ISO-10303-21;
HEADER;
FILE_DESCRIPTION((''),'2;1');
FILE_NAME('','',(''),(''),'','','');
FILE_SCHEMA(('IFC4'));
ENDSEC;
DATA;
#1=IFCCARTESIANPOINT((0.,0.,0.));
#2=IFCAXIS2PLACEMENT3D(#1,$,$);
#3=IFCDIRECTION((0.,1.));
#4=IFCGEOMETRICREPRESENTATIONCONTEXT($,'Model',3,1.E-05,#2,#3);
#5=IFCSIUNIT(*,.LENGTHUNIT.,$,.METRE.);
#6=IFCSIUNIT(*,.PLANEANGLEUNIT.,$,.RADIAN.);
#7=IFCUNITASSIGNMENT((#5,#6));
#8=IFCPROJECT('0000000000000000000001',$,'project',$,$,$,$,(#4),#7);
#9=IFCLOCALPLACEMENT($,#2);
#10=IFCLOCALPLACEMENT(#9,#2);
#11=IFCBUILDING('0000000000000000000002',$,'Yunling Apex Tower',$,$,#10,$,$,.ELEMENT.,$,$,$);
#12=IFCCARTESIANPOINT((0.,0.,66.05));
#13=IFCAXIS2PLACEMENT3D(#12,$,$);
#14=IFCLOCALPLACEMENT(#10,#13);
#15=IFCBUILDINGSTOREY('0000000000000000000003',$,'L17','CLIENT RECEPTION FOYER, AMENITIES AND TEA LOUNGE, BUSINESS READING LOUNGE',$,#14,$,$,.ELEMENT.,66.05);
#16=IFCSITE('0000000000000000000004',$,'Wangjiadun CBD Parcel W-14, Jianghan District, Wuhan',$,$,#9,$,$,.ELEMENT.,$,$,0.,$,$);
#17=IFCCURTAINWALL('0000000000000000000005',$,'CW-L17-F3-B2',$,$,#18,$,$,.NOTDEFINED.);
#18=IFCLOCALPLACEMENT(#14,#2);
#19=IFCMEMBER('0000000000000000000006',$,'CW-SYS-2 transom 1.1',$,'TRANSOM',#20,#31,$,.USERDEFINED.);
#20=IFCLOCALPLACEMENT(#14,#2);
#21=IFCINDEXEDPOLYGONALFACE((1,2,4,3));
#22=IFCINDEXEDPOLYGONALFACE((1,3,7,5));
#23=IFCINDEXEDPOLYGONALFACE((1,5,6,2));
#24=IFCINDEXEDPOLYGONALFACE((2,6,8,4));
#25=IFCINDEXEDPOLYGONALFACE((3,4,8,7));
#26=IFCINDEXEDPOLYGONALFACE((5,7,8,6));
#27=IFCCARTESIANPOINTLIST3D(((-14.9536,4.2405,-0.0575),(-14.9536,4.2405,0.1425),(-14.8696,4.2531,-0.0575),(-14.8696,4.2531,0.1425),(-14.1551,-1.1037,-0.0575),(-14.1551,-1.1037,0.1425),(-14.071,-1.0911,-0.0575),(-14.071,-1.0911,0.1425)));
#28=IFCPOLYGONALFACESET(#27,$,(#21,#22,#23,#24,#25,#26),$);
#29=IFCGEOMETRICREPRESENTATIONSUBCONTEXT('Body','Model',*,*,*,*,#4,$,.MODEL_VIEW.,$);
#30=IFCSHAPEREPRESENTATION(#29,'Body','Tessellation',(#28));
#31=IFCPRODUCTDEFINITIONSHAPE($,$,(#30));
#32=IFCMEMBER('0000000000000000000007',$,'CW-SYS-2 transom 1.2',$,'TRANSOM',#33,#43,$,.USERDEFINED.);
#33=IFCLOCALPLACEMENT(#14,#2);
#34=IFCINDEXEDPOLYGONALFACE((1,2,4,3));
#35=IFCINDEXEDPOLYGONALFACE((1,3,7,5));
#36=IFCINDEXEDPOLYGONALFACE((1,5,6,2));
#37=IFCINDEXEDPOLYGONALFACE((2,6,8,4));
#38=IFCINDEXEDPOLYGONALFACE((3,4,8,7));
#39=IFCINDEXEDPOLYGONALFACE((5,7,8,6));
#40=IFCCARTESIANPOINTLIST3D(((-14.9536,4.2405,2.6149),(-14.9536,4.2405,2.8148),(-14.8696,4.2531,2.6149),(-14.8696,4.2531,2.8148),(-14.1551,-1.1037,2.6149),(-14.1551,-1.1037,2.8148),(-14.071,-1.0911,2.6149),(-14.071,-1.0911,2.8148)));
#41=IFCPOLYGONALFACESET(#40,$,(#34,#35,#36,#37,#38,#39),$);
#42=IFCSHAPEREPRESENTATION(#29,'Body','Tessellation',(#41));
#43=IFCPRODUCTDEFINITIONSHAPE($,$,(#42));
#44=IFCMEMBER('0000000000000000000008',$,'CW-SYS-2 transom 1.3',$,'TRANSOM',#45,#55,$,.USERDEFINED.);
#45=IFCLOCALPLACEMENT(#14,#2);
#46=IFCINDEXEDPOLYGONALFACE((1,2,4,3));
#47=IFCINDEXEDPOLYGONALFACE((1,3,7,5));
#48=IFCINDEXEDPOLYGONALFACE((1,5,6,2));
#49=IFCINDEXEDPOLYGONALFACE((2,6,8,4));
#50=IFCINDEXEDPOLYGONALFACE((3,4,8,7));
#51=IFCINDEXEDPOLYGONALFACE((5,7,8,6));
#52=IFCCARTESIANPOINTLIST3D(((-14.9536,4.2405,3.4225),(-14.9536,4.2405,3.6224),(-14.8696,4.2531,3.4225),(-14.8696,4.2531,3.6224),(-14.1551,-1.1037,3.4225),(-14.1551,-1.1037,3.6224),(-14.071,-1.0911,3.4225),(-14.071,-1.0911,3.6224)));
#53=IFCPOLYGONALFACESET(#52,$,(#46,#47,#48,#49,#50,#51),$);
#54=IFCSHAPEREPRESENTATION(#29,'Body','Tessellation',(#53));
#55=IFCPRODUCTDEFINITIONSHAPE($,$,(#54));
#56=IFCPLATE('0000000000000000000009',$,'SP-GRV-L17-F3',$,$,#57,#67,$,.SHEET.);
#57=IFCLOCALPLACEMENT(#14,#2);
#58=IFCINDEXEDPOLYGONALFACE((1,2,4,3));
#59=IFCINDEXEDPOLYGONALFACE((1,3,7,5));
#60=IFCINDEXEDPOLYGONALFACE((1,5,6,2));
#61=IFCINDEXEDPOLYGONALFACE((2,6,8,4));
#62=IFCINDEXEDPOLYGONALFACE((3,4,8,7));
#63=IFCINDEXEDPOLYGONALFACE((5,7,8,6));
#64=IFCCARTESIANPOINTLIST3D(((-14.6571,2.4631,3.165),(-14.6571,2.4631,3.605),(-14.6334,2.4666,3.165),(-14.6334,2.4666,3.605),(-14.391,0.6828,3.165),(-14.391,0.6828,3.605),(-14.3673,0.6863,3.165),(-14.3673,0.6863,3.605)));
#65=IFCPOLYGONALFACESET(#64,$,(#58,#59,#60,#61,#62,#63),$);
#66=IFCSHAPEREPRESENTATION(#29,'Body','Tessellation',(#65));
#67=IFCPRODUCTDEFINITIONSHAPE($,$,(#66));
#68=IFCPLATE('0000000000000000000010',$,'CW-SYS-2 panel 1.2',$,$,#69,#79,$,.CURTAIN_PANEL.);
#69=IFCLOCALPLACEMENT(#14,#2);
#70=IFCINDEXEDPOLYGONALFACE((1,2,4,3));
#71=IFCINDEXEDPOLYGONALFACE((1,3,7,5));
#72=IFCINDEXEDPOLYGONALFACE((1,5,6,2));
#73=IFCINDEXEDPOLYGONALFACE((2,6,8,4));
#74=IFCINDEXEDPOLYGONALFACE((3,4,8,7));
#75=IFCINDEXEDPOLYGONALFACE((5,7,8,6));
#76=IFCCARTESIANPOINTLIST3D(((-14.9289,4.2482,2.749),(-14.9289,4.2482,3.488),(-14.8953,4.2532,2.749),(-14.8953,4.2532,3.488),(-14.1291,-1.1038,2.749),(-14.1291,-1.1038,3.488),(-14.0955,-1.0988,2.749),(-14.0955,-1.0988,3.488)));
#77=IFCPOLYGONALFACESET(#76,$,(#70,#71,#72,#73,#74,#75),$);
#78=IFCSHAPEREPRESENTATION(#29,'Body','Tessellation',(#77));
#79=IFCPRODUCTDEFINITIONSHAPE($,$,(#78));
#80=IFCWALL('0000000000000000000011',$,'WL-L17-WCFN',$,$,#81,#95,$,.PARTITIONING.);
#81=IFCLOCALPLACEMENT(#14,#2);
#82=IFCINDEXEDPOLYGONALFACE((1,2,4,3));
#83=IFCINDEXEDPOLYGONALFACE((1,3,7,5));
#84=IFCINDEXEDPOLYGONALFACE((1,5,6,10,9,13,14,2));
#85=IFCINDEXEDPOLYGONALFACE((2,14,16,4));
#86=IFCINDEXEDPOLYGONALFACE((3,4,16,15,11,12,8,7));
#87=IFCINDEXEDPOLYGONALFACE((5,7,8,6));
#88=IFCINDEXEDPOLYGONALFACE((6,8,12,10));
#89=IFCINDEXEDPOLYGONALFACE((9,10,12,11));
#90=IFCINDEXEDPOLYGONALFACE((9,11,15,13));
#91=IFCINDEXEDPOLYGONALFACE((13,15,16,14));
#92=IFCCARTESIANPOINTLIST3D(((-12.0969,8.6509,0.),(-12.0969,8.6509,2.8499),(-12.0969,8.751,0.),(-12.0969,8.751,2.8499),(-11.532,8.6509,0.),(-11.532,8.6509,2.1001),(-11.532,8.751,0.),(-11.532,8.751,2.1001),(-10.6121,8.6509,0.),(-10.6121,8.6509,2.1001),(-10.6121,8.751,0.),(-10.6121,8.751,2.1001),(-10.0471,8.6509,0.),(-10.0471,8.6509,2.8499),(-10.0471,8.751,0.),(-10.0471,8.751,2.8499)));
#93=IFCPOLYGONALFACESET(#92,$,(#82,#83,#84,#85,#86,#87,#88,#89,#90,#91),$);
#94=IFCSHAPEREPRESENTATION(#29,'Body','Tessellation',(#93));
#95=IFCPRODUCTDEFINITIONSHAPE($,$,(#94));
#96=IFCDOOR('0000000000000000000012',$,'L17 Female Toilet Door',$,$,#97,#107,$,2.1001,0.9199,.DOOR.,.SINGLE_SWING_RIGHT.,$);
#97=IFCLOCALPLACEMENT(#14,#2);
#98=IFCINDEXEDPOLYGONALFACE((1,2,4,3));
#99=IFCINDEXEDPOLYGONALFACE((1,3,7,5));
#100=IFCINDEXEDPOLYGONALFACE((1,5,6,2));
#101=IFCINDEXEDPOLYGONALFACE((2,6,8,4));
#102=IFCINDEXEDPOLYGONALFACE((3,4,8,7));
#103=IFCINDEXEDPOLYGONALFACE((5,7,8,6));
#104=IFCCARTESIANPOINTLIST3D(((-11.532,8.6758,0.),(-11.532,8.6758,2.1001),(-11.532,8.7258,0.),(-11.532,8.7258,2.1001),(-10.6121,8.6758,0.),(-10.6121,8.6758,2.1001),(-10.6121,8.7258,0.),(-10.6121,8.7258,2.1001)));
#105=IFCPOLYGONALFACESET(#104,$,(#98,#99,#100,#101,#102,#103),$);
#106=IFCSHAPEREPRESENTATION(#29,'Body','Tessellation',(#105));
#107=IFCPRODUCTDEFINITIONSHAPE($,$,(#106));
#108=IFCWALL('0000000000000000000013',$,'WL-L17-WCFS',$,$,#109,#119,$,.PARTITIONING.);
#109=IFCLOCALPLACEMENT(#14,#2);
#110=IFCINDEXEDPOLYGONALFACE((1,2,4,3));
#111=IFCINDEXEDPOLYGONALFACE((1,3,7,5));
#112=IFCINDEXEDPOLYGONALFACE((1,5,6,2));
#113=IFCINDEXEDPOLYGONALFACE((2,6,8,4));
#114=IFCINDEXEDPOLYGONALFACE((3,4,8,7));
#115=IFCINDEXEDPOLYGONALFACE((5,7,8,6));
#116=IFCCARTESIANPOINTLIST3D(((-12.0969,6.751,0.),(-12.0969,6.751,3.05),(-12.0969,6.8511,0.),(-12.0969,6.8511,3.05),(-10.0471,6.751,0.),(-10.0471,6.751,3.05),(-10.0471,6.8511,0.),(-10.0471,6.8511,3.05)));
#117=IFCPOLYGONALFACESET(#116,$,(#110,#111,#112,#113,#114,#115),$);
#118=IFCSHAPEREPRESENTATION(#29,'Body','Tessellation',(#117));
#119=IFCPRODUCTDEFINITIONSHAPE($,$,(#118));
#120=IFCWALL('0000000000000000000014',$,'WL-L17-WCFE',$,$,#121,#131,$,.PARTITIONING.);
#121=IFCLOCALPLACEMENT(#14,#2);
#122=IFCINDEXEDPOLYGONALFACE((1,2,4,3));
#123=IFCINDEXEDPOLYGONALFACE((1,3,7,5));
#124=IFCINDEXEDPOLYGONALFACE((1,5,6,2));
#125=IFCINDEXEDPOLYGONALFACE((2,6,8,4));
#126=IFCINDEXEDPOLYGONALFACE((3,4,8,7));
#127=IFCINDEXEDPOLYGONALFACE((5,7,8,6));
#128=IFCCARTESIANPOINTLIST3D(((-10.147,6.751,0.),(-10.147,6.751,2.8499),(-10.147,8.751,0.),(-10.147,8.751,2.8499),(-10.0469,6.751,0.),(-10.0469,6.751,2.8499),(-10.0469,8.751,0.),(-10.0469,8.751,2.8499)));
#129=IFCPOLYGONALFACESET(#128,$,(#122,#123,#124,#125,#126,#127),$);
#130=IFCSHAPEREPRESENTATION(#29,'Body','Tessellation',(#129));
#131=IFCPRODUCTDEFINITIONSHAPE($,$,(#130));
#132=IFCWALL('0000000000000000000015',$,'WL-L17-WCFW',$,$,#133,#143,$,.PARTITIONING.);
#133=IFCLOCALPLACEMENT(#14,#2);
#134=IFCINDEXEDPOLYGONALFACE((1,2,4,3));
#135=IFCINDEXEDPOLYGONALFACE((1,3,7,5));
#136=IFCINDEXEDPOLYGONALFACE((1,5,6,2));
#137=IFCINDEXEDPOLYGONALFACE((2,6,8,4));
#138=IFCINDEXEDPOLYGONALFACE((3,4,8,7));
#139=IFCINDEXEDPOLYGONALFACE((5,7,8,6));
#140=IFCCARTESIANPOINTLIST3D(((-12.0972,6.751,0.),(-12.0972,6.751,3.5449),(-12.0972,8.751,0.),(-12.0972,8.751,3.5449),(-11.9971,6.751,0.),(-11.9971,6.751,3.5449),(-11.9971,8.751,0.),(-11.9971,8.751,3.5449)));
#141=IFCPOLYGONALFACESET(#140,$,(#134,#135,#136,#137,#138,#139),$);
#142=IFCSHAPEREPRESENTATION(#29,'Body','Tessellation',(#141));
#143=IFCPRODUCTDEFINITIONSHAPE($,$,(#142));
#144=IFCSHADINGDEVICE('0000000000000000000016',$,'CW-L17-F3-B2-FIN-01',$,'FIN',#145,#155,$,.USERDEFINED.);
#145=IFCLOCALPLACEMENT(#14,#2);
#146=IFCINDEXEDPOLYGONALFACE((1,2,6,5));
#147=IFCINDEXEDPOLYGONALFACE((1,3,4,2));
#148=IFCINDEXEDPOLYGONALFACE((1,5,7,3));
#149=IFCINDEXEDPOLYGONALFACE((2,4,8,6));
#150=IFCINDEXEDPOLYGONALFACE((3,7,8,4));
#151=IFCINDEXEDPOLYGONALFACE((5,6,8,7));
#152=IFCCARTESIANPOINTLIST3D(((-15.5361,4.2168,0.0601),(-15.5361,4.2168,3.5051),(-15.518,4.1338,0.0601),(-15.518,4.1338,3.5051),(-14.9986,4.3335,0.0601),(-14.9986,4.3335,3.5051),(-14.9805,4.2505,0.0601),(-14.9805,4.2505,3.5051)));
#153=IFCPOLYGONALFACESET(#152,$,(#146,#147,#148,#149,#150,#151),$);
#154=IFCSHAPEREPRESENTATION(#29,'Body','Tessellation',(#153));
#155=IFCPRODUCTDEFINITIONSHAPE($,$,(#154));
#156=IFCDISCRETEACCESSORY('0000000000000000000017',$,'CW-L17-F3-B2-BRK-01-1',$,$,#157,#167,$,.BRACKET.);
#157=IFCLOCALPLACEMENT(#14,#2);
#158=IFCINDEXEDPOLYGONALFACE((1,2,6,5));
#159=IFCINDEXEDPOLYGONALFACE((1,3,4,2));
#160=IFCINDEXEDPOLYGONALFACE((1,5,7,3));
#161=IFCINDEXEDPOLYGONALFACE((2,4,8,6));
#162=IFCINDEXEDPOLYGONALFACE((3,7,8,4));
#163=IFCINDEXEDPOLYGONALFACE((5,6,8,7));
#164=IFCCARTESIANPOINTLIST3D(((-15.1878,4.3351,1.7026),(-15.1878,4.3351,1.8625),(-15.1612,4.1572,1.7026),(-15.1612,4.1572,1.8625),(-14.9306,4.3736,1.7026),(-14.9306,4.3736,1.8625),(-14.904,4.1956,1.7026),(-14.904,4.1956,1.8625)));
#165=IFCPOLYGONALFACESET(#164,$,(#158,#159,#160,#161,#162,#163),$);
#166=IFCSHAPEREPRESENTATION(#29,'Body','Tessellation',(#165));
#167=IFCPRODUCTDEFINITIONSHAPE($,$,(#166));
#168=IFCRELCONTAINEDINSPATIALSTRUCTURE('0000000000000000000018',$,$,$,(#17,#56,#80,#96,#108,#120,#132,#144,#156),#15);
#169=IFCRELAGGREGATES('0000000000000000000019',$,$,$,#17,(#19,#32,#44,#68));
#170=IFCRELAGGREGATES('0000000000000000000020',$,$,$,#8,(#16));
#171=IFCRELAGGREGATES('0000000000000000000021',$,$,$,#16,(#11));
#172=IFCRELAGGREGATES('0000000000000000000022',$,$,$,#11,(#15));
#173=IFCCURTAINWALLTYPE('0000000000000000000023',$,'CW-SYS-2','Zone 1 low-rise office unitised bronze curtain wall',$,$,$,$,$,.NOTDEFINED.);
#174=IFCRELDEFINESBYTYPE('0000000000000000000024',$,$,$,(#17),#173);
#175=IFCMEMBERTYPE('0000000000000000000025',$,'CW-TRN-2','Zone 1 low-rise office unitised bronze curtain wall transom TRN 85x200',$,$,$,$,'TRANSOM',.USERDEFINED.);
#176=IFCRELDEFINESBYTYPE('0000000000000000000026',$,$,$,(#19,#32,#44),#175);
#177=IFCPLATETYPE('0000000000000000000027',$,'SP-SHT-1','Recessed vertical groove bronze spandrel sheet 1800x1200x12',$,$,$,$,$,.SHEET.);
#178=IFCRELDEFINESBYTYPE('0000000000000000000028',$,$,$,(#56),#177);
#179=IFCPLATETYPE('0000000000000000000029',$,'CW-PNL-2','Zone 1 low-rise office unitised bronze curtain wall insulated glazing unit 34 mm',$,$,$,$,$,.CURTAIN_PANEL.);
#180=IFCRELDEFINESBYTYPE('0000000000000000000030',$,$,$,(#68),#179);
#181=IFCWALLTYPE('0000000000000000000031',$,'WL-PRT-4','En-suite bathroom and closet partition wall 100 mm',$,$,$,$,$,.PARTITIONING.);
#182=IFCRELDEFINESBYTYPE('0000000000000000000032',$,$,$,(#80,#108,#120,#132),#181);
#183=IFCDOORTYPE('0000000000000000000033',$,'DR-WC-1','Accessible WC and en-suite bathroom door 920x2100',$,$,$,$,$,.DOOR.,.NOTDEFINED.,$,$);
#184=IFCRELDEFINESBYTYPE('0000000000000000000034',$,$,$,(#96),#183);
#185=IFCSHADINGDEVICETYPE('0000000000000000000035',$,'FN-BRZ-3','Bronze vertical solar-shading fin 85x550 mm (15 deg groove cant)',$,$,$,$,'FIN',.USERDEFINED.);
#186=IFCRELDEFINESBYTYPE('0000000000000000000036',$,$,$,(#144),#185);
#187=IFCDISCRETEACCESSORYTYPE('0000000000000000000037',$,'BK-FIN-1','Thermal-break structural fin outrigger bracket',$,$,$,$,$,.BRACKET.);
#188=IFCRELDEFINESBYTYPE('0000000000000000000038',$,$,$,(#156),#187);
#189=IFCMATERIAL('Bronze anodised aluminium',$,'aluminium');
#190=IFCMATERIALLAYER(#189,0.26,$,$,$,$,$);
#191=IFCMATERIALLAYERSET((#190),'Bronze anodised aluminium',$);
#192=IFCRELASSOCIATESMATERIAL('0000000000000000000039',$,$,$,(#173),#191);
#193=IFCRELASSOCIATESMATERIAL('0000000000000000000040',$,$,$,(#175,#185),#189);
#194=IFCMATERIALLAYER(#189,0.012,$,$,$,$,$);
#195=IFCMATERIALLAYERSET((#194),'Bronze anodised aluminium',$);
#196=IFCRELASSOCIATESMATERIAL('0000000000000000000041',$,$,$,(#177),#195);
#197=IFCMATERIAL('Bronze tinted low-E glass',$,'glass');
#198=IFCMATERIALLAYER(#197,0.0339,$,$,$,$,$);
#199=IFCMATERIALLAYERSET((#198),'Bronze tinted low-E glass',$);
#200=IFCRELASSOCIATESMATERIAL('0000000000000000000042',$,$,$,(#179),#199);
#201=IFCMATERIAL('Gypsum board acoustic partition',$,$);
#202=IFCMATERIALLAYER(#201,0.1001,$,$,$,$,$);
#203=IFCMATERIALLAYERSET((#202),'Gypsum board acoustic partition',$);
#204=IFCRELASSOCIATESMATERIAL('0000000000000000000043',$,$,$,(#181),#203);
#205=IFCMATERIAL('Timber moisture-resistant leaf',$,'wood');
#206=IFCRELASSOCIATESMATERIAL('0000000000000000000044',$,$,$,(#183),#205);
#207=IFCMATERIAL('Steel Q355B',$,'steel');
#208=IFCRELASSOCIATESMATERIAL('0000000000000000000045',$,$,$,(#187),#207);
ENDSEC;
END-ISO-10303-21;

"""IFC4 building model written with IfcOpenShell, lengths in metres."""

from ifc_helpers import new_model, si_unit, direction, frame, frame_2d, origin, origin_2d, place, context, subcontext, project, spatial, rectangle, extrude, source, transform, mapped, material, layer, layer_set, material_profile, profile_set, type_object, element, fill, aggregate, save


model = new_model("IFC4")

# Units and contexts
model_context = context("Model", 3, precision=1e-05, world=origin(), true_north=direction((0.0, 1.0)))
body_context = subcontext(model_context, "Body", "Model", "MODEL_VIEW")
ifc_project = project(units=[si_unit("LENGTHUNIT", "METRE"), si_unit("PLANEANGLEUNIT", "RADIAN")], contexts=[model_context])

# Site, building, storey
site_placement = place(None, origin())
site = spatial("IfcSite", under=ifc_project, at=site_placement, Name="Wangjiadun CBD Parcel W-14, Jianghan District, Wuhan", CompositionType="ELEMENT", RefElevation=0.0)
building_placement = place(site_placement, origin())
building = spatial("IfcBuilding", under=site, at=building_placement, Name="Yunling Apex Tower", CompositionType="ELEMENT")
storey_placement = place(building_placement, frame((0.0, 0.0, 66.05)))
storey = spatial("IfcBuildingStorey", under=building, at=storey_placement, Name="L17", Description="CLIENT RECEPTION FOYER, AMENITIES AND TEA LOUNGE, BUSINESS READING LOUNGE", CompositionType="ELEMENT", Elevation=66.05)

# Shared definitions
ifc_material_1 = material(Name="Steel Q355B", Category="steel")

# Shared definitions
ifc_material_2 = material(Name="Bronze anodised aluminium", Category="aluminium")
ifc_layer_1 = layer(ifc_material_2, 0.26)
ifc_layer_set_1 = layer_set([ifc_layer_1], Name="Bronze anodised aluminium")
curtain_wall_type = type_object("IfcCurtainWallType", Name="CW-SYS-2", Description="Zone 1 low-rise office unitised bronze curtain wall", PredefinedType="NOTDEFINED", material=ifc_layer_set_1)

# Curtain wall, members
curtain_wall_1_placement = place(storey_placement, origin())
curtain_wall_1 = element("IfcCurtainWall", 1, at=curtain_wall_1_placement, inside=storey, type_object=curtain_wall_type, Name="CW-L17-F3-B2", PredefinedType="NOTDEFINED")
ifc_material_profile_1 = material_profile(ifc_material_2, rectangle(XDim=0.085, YDim=0.2, at=origin_2d()))
ifc_profile_set_1 = profile_set([ifc_material_profile_1], Name="Bronze anodised aluminium")
member_type_1 = type_object("IfcMemberType", Name="CW-TRN-2", Description="Zone 1 low-rise office unitised bronze curtain wall transom TRN 85x200", ElementType="TRANSOM", PredefinedType="USERDEFINED", material=ifc_profile_set_1)
shared_shape_1 = source(origin(), body_context, "Body", "SweptSolid", [
    extrude(rectangle(XDim=0.085, YDim=0.2, at=origin_2d()), origin(), (0.0, 0.0, 1.0), 5.4036),
])
member_1_placement = place(storey_placement, frame((-14.9116, 4.2468, 0.0425), z_axis=(0.147788, -0.989019, 0.0), x_axis=(0.989019, 0.147788, 0.0)))
member_1 = element("IfcMember", 2, at=member_1_placement, type_object=member_type_1, Name="CW-SYS-2 transom 1.1", ObjectType="TRANSOM", PredefinedType="USERDEFINED", context=body_context, shape_type="MappedRepresentation", body=[
    mapped(shared_shape_1, transform((0.0, 0.0, 0.0), scale=1.0)),
])
member_2_placement = place(storey_placement, frame((-14.9116, 4.2468, 2.7148), z_axis=(0.147788, -0.989019, 0.0), x_axis=(0.989019, 0.147788, 0.0)))
member_2 = element("IfcMember", 3, at=member_2_placement, type_object=member_type_1, Name="CW-SYS-2 transom 1.2", ObjectType="TRANSOM", PredefinedType="USERDEFINED", context=body_context, shape_type="MappedRepresentation", body=[
    mapped(shared_shape_1, transform((0.0, 0.0, 0.0), scale=1.0)),
])
member_3_placement = place(storey_placement, frame((-14.9116, 4.2468, 3.5225), z_axis=(0.147788, -0.989019, 0.0), x_axis=(0.989019, 0.147788, 0.0)))
member_3 = element("IfcMember", 4, at=member_3_placement, type_object=member_type_1, Name="CW-SYS-2 transom 1.3", ObjectType="TRANSOM", PredefinedType="USERDEFINED", context=body_context, shape_type="MappedRepresentation", body=[
    mapped(shared_shape_1, transform((0.0, 0.0, 0.0), scale=1.0)),
])

# Plates
ifc_layer_2 = layer(ifc_material_2, 0.012)
ifc_layer_set_2 = layer_set([ifc_layer_2], Name="Bronze anodised aluminium")
plate_type_1 = type_object("IfcPlateType", Name="SP-SHT-1", Description="Recessed vertical groove bronze spandrel sheet 1800x1200x12", PredefinedType="SHEET", material=ifc_layer_set_2)
shared_shape_2 = source(origin(), body_context, "Body", "SweptSolid", [
    extrude(rectangle(XDim=1.8, YDim=0.0239, at=origin_2d()), origin(), (0.0, 0.0, 1.0), 0.4399),
])
plate_1_placement = place(storey_placement, frame((-14.5122, 1.5747, 3.165), z_axis=(0.0, 0.0, 1.0), x_axis=(0.147809, -0.989016, 0.0)))
element("IfcPlate", 5, at=plate_1_placement, inside=storey, type_object=plate_type_1, Name="SP-GRV-L17-F3", PredefinedType="SHEET", context=body_context, shape_type="MappedRepresentation", body=[
    mapped(shared_shape_2, transform((0.0, 0.0, 0.0), scale=1.0)),
])
ifc_material_3 = material(Name="Bronze tinted low-E glass", Category="glass")
ifc_layer_3 = layer(ifc_material_3, 0.0339)
ifc_layer_set_3 = layer_set([ifc_layer_3], Name="Bronze tinted low-E glass")
plate_type_2 = type_object("IfcPlateType", Name="CW-PNL-2", Description="Zone 1 low-rise office unitised bronze curtain wall insulated glazing unit 34 mm", PredefinedType="CURTAIN_PANEL", material=ifc_layer_set_3)
shared_shape_3 = source(origin(), body_context, "Body", "SweptSolid", [
    extrude(rectangle(XDim=5.4114, YDim=0.0339, at=origin_2d()), origin(), (0.0, 0.0, 1.0), 0.739),
])
plate_2_placement = place(storey_placement, frame((-14.5122, 1.5747, 2.749), z_axis=(0.0, 0.0, 1.0), x_axis=(0.147801, -0.989017, 0.0)))
plate_2 = element("IfcPlate", 6, at=plate_2_placement, type_object=plate_type_2, Name="CW-SYS-2 panel 1.2", PredefinedType="CURTAIN_PANEL", context=body_context, shape_type="MappedRepresentation", body=[
    mapped(shared_shape_3, transform((0.0, 0.0, 0.0), scale=1.0)),
])
aggregate(curtain_wall_1, [member_1, member_2, member_3, plate_2])

# Wall, opening, door
ifc_material_4 = material(Name="Gypsum board acoustic partition")
ifc_layer_4 = layer(ifc_material_4, 0.1001)
ifc_layer_set_4 = layer_set([ifc_layer_4], Name="Gypsum board acoustic partition")
wall_type = type_object("IfcWallType", Name="WL-PRT-4", Description="En-suite bathroom and closet partition wall 100 mm", PredefinedType="PARTITIONING", material=ifc_layer_set_4)
wall_1_placement = place(storey_placement, frame((-12.0969, 8.7009, 0.0), z_axis=(0.0, 0.0, 1.0), x_axis=(1.0, 0.0, 0.0)))
wall_1 = element("IfcWall", 7, at=wall_1_placement, inside=storey, type_object=wall_type, Name="WL-L17-WCFN", PredefinedType="PARTITIONING", context=body_context, shape_type="SweptSolid", body=[
    extrude(rectangle(XDim=2.0498, YDim=0.1001, at=frame_2d((1.0249, 0.0))), origin(), (0.0, 0.0, 1.0), 2.8499),
])
opening_placement = place(wall_1_placement, frame((0.5649, 0.0, 0.0)))
opening = element("IfcOpeningElement", 8, at=opening_placement, cuts=wall_1, PredefinedType="OPENING", context=body_context, shape_type="SweptSolid", body=[
    extrude(rectangle(XDim=0.9199, YDim=2.1001, at=frame_2d((0.46, 1.05))), frame((0.0, 0.0601, 0.0), z_axis=(0.0, -1.0, 0.0), x_axis=(1.0, 0.0, 0.0)), (0.0, 0.0, 1.0), 0.1201),
])
ifc_material_5 = material(Name="Timber moisture-resistant leaf", Category="wood")
door_type = type_object("IfcDoorType", Name="DR-WC-1", Description="Accessible WC and en-suite bathroom door 920x2100", OperationType="NOTDEFINED", PredefinedType="DOOR", material=ifc_material_5)
door_placement = place(opening_placement, origin())
door = element("IfcDoor", 9, at=door_placement, inside=storey, type_object=door_type, Name="L17 Female Toilet Door", OperationType="SINGLE_SWING_RIGHT", OverallHeight=2.1001, OverallWidth=0.9199, PredefinedType="DOOR", context=body_context, shape_type="SweptSolid", body=[
    extrude(rectangle(XDim=0.9199, YDim=2.1001, at=frame_2d((0.46, 1.05))), frame((0.0, 0.0249, 0.0), z_axis=(0.0, -1.0, 0.0), x_axis=(1.0, 0.0, 0.0)), (0.0, 0.0, 1.0), 0.05),
])
fill(opening, door)

# Walls
wall_2_placement = place(storey_placement, frame((-10.0471, 6.801, 0.0), z_axis=(0.0, 0.0, 1.0), x_axis=(-1.0, 0.0, 0.0)))
element("IfcWall", 10, at=wall_2_placement, inside=storey, type_object=wall_type, Name="WL-L17-WCFS", PredefinedType="PARTITIONING", context=body_context, shape_type="SweptSolid", body=[
    extrude(rectangle(XDim=2.0498, YDim=0.1001, at=frame_2d((1.0249, 0.0))), origin(), (0.0, 0.0, 1.0), 3.05),
])
wall_3_placement = place(storey_placement, frame((-10.0969, 8.751, 0.0), z_axis=(0.0, 0.0, 1.0), x_axis=(0.0, -1.0, 0.0)))
element("IfcWall", 11, at=wall_3_placement, inside=storey, type_object=wall_type, Name="WL-L17-WCFE", PredefinedType="PARTITIONING", context=body_context, shape_type="SweptSolid", body=[
    extrude(rectangle(XDim=2.0, YDim=0.1001, at=frame_2d((1.0, 0.0))), origin(), (0.0, 0.0, 1.0), 2.8499),
])
wall_4_placement = place(storey_placement, frame((-12.0471, 6.751, 0.0), z_axis=(0.0, 0.0, 1.0), x_axis=(0.0, 1.0, 0.0)))
element("IfcWall", 12, at=wall_4_placement, inside=storey, type_object=wall_type, Name="WL-L17-WCFW", PredefinedType="PARTITIONING", context=body_context, shape_type="SweptSolid", body=[
    extrude(rectangle(XDim=2.0, YDim=0.1001, at=frame_2d((1.0, 0.0))), origin(), (0.0, 0.0, 1.0), 3.5449),
])

# Shading device
ifc_material_profile_2 = material_profile(ifc_material_2, rectangle(XDim=0.085, YDim=0.55, at=origin_2d()))
ifc_profile_set_2 = profile_set([ifc_material_profile_2], Name="Bronze anodised aluminium")
shading_device_type = type_object("IfcShadingDeviceType", Name="FN-BRZ-3", Description="Bronze vertical solar-shading fin 85x550 mm (15 deg groove cant)", ElementType="FIN", PredefinedType="USERDEFINED", material=ifc_profile_set_2)
shared_shape_4 = source(origin(), body_context, "Body", "SweptSolid", [
    extrude(rectangle(XDim=0.085, YDim=0.55, at=origin_2d()), origin(), (0.0, 0.0, 1.0), 3.4451),
])
shading_device_placement = place(storey_placement, frame((-15.2583, 4.2336, 0.0601), z_axis=(0.0, 0.0, 1.0), x_axis=(0.212178, -0.977231, 0.0)))
element("IfcShadingDevice", 13, at=shading_device_placement, inside=storey, type_object=shading_device_type, Name="CW-L17-F3-B2-FIN-01", ObjectType="FIN", PredefinedType="USERDEFINED", context=body_context, shape_type="MappedRepresentation", body=[
    mapped(shared_shape_4, transform((0.0, 0.0, 0.0), scale=1.0)),
])

# Discrete accessory
discrete_accessory_type = type_object("IfcDiscreteAccessoryType", Name="BK-FIN-1", Description="Thermal-break structural fin outrigger bracket", PredefinedType="BRACKET", material=ifc_material_1)
shared_shape_5 = source(origin(), body_context, "Body", "SweptSolid", [
    extrude(rectangle(XDim=0.1799, YDim=0.26, at=origin_2d()), origin(), (0.0, 0.0, 1.0), 0.1599),
])
discrete_accessory_placement = place(storey_placement, frame((-15.0459, 4.2654, 1.7026), z_axis=(0.0, 0.0, 1.0), x_axis=(0.147809, -0.989016, 0.0)))
element("IfcDiscreteAccessory", 14, at=discrete_accessory_placement, inside=storey, type_object=discrete_accessory_type, Name="CW-L17-F3-B2-BRK-01-1", PredefinedType="BRACKET", context=body_context, shape_type="MappedRepresentation", body=[
    mapped(shared_shape_5, transform((0.0, 0.0, 0.0), scale=1.0)),
])

save(model, "model.ifc")
